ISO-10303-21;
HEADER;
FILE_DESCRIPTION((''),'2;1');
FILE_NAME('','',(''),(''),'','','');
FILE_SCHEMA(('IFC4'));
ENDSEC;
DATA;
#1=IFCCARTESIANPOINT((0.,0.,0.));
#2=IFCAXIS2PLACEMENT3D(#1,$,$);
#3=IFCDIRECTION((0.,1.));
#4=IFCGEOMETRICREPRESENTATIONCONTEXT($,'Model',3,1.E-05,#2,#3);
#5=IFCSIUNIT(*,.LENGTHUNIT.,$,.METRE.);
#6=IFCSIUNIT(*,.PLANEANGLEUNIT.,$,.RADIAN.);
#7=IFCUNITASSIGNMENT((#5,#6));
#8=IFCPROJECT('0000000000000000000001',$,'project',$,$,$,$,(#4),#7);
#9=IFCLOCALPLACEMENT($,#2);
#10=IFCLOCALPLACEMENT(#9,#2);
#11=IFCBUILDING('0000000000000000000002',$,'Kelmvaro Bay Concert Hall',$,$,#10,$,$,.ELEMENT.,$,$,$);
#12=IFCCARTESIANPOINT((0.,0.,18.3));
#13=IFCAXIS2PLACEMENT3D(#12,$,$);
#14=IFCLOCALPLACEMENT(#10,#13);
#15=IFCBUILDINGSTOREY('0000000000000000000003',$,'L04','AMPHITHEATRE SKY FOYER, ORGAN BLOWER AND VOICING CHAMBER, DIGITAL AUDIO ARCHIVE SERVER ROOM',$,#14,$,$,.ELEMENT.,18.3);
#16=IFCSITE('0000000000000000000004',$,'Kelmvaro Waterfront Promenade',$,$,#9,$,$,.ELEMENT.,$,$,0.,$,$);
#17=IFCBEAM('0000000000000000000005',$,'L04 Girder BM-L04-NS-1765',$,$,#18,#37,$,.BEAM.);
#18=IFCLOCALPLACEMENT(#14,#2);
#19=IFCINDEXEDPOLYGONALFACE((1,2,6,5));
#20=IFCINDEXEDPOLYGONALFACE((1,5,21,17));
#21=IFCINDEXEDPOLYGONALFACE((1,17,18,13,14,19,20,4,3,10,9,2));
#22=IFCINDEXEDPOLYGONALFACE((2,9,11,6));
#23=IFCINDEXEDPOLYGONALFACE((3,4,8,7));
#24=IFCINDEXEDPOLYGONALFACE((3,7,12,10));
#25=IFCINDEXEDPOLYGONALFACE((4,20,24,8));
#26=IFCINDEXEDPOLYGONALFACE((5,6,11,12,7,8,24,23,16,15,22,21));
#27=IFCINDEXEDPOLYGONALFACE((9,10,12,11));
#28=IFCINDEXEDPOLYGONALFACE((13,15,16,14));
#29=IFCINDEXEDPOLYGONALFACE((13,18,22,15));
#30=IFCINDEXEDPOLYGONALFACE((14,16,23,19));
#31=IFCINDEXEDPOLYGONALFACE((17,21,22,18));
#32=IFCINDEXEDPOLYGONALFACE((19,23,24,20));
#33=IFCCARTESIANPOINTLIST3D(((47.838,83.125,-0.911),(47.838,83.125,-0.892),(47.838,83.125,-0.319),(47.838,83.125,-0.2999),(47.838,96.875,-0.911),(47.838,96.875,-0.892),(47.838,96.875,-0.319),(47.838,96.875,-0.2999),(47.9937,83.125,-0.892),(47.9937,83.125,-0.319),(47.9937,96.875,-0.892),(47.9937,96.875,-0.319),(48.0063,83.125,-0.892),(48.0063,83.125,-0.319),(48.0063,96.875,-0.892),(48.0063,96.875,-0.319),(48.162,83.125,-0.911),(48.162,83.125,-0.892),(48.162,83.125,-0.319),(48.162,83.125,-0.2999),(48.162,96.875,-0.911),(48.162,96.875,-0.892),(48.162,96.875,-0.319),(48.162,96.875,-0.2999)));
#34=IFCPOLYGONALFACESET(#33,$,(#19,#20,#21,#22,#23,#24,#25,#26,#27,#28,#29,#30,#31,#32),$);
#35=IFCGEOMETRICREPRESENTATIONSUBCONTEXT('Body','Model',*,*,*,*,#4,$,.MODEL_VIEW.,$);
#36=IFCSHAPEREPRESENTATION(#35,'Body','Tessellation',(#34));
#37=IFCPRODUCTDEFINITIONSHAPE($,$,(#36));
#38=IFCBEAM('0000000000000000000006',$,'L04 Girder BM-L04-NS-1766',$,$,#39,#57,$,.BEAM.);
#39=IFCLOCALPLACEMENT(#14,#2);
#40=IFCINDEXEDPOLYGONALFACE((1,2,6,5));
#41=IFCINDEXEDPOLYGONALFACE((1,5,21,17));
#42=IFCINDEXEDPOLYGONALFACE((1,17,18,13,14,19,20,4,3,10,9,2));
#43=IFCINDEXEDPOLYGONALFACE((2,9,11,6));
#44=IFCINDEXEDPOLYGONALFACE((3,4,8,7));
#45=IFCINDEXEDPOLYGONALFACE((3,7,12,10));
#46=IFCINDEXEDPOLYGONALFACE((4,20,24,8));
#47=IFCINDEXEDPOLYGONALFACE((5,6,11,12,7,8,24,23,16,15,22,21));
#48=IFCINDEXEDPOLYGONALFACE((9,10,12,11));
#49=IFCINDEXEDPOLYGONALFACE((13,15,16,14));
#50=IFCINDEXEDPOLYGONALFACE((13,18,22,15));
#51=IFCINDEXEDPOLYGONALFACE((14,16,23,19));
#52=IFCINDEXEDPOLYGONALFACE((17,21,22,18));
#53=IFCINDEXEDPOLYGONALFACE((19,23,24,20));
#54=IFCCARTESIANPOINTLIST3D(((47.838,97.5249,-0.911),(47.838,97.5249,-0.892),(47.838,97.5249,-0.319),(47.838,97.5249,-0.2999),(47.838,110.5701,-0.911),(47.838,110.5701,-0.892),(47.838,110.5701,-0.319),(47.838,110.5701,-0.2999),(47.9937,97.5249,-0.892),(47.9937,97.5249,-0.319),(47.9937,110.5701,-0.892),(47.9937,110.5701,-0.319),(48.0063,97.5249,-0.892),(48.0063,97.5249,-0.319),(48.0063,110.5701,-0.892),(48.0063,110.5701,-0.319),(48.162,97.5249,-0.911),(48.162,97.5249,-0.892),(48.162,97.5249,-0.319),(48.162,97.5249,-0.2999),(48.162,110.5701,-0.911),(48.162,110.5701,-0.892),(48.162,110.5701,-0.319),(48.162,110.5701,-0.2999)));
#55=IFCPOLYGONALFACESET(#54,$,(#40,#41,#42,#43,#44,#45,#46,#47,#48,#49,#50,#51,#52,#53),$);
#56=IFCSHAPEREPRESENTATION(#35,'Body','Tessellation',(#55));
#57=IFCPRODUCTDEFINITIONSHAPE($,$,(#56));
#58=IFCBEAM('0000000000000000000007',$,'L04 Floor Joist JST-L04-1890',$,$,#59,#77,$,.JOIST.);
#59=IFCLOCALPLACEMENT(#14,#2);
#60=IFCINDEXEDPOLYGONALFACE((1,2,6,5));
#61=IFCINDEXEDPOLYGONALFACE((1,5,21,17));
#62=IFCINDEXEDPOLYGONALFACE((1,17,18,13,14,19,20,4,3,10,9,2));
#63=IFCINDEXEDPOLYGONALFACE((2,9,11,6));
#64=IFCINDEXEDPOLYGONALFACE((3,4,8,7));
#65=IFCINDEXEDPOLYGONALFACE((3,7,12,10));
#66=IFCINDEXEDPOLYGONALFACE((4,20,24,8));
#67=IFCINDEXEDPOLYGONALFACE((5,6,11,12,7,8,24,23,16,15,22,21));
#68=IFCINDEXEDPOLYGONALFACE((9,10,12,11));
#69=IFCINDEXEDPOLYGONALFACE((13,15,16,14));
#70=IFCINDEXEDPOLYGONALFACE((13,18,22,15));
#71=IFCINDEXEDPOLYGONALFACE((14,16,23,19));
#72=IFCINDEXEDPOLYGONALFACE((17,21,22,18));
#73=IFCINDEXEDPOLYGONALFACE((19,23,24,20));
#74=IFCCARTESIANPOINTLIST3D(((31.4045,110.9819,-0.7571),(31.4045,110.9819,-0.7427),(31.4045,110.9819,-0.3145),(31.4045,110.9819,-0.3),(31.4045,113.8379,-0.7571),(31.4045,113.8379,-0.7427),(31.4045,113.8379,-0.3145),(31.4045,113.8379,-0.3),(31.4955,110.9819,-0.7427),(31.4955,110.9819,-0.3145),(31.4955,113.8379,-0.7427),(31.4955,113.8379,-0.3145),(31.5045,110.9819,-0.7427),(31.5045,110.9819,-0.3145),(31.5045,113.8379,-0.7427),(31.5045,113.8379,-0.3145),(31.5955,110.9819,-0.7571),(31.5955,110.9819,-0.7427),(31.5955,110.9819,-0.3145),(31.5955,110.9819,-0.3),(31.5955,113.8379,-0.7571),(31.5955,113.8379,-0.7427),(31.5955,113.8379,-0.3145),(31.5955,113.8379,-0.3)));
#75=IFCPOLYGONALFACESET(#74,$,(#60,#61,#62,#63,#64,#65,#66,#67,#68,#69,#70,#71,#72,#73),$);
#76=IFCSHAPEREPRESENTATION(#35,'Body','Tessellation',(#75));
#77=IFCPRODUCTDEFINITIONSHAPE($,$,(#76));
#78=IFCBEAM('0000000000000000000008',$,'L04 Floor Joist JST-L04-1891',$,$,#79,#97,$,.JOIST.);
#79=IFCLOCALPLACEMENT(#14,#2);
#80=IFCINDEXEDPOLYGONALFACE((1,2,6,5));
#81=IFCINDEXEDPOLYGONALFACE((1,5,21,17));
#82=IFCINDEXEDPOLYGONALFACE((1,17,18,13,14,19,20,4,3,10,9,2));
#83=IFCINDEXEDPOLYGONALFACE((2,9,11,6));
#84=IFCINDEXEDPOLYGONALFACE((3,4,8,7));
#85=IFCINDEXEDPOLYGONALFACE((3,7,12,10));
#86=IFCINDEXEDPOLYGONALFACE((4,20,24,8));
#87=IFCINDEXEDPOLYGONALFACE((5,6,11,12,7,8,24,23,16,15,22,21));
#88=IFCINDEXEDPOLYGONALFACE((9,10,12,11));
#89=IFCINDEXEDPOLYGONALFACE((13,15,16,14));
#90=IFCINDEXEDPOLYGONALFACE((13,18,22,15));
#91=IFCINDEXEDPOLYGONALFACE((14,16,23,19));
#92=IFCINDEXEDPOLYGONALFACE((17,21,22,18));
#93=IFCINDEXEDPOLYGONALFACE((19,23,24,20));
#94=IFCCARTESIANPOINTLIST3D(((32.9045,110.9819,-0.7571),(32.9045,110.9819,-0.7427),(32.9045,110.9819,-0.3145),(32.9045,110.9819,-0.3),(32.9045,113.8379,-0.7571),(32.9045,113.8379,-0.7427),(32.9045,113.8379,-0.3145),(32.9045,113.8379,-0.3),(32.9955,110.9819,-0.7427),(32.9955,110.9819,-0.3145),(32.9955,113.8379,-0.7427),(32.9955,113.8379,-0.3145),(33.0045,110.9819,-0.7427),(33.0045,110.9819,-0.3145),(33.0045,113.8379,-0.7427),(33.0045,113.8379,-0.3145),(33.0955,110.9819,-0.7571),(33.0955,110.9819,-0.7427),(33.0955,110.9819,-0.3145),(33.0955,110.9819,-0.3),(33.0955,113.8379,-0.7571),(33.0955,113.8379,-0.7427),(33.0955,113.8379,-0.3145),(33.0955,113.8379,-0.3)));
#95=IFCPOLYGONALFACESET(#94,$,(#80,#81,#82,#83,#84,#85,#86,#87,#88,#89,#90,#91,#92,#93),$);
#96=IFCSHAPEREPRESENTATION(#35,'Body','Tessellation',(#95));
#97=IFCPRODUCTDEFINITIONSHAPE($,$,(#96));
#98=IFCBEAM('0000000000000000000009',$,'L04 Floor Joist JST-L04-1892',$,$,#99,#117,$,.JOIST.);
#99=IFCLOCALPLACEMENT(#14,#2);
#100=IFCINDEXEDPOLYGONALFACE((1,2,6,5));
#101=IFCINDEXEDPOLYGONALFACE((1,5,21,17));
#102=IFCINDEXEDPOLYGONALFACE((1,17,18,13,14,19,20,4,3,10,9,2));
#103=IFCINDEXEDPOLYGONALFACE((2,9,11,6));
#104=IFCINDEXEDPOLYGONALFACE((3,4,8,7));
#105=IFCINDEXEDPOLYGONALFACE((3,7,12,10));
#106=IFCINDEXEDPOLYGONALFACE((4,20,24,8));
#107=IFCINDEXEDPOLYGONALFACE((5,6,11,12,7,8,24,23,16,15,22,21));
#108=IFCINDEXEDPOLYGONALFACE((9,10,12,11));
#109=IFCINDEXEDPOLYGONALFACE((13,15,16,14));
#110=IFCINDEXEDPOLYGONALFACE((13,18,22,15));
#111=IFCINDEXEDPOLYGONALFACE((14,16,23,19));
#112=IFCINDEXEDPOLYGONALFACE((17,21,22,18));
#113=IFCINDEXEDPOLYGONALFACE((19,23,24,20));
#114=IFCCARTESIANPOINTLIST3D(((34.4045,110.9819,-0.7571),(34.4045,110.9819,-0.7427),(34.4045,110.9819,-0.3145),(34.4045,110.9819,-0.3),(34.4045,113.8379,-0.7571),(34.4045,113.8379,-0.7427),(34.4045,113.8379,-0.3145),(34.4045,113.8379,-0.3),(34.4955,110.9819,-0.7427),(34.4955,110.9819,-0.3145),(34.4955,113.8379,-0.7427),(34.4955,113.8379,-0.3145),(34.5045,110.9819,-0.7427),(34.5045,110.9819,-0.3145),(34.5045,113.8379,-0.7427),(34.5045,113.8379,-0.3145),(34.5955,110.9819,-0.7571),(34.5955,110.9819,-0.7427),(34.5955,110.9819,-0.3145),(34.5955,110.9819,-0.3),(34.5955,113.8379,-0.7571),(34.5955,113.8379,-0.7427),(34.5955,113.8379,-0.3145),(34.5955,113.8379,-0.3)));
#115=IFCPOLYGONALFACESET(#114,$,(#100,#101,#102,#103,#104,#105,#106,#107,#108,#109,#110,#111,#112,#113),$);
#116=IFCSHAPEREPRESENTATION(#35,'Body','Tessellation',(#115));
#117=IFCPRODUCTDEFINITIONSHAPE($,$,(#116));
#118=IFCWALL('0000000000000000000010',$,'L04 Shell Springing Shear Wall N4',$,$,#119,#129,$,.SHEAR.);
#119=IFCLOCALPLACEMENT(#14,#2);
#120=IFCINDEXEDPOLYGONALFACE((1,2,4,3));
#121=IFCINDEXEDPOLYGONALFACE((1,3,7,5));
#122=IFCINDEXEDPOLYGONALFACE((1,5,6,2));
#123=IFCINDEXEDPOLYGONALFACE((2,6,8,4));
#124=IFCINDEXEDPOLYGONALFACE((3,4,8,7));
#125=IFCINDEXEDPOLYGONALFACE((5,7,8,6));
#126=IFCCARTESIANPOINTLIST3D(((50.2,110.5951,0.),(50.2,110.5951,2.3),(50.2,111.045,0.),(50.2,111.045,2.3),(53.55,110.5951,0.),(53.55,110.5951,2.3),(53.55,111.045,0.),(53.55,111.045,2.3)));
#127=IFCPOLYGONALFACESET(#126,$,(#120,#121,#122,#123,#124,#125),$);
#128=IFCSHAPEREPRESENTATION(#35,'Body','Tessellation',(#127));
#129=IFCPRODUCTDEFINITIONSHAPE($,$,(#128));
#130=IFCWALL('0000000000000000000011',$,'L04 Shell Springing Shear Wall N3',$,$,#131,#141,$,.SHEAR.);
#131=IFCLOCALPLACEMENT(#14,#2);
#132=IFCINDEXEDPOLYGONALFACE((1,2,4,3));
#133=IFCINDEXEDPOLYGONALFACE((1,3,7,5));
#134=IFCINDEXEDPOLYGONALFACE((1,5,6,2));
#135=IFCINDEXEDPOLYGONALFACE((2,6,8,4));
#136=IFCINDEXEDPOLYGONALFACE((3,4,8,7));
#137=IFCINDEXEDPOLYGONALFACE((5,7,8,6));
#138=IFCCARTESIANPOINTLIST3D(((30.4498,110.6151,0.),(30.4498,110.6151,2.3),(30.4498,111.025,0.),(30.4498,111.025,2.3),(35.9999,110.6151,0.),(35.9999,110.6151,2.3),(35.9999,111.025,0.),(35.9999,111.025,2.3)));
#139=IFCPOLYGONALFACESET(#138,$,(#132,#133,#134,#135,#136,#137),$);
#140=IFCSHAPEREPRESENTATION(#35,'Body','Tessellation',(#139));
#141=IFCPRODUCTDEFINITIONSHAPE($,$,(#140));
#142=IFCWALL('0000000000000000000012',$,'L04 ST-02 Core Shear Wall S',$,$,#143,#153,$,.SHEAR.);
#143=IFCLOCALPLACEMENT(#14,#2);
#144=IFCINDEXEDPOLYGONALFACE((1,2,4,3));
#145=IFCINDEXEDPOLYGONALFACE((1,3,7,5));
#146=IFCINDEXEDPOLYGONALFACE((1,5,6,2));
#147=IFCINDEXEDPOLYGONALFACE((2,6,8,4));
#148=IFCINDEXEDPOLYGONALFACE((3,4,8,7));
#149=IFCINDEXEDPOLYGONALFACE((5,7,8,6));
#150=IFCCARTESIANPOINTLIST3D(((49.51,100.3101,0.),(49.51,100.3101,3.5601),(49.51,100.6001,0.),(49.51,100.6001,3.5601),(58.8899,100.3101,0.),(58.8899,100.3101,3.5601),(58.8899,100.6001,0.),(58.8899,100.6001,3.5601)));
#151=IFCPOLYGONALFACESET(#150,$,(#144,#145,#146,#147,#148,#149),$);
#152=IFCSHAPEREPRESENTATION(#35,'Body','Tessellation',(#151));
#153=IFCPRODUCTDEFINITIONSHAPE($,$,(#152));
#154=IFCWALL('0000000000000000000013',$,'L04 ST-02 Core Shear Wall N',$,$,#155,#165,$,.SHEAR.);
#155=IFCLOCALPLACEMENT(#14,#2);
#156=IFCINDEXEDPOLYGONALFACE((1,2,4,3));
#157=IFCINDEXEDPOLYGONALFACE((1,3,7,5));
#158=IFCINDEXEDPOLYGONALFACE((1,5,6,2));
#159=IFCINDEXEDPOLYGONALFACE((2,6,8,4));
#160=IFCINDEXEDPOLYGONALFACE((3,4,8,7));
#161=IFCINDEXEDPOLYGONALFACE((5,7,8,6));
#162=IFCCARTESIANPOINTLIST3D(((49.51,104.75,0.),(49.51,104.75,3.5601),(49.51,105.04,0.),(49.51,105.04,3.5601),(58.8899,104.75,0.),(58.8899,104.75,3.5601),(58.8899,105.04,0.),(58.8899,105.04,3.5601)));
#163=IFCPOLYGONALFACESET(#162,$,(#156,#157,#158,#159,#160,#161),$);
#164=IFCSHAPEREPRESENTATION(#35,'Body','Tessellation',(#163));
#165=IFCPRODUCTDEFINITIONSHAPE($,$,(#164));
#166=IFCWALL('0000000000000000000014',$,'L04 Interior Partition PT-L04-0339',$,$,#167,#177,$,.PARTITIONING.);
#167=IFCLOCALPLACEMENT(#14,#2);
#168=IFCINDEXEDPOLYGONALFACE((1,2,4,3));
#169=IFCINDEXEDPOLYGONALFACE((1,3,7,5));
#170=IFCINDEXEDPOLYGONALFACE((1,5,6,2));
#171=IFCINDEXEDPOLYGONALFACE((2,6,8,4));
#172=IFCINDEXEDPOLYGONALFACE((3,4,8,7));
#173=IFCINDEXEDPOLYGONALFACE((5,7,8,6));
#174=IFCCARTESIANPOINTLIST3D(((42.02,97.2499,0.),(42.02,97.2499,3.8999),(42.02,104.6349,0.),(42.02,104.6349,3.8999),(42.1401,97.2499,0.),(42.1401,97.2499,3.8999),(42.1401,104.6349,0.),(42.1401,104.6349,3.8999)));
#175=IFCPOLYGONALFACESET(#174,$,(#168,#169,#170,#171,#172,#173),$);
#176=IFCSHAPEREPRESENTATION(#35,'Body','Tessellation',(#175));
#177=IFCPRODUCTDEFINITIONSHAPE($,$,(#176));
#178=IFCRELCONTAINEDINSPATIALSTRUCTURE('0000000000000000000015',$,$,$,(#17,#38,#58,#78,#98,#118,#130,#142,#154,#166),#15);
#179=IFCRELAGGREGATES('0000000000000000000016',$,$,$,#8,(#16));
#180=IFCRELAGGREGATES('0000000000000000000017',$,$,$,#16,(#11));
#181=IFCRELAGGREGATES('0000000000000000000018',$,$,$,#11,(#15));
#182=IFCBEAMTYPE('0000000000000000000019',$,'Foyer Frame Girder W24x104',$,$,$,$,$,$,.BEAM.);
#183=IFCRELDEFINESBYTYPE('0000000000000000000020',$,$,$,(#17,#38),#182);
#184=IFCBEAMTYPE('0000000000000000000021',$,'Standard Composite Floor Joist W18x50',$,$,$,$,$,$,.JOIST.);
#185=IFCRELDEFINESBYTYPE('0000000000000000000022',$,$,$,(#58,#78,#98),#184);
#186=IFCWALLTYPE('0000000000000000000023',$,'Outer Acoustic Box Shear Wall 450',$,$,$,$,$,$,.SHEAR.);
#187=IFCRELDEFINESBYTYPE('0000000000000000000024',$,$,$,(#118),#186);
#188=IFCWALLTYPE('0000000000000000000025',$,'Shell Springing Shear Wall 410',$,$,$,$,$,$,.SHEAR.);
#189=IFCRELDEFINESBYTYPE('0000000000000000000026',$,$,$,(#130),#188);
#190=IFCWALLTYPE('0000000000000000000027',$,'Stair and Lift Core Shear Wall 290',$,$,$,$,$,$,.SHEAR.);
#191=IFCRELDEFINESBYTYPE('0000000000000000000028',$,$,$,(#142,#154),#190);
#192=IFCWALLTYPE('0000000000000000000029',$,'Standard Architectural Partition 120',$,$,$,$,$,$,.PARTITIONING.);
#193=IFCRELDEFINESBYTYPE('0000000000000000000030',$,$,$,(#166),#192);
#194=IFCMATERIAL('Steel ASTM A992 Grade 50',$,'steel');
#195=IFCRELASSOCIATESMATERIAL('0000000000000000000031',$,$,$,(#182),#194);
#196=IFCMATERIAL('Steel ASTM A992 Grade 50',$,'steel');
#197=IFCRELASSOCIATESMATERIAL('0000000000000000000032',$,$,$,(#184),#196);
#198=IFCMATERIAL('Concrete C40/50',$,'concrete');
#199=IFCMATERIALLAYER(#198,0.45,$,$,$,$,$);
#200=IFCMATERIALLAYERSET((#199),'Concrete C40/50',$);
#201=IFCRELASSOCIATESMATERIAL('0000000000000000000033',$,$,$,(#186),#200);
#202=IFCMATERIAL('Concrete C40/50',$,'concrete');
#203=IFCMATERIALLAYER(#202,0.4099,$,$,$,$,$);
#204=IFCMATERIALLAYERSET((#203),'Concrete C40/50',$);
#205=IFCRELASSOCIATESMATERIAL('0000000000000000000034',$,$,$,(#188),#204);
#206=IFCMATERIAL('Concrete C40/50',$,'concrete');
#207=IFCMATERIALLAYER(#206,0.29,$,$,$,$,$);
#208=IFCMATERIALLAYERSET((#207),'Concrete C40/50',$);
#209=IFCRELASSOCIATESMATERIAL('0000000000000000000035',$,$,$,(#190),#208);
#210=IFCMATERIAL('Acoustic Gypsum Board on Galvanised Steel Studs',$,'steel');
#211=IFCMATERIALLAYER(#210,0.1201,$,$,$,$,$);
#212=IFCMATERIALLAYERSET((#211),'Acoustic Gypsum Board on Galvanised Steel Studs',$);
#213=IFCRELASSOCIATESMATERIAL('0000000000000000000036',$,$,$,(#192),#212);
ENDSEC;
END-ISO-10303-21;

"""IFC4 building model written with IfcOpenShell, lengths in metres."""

from ifc_helpers import new_model, si_unit, direction, frame, frame_2d, origin, origin_2d, place, context, subcontext, project, spatial, rectangle, i_section, extrude, material, layer, layer_set, material_profile, profile_set, type_object, element, save


model = new_model("IFC4")

# Units and contexts
model_context = context("Model", 3, precision=1e-05, world=origin(), true_north=direction((0.0, 1.0)))
body_context = subcontext(model_context, "Body", "Model", "MODEL_VIEW")
ifc_project = project(units=[si_unit("LENGTHUNIT", "METRE"), si_unit("PLANEANGLEUNIT", "RADIAN")], contexts=[model_context])

# Site, building, storey
site_placement = place(None, origin())
site = spatial("IfcSite", under=ifc_project, at=site_placement, Name="Kelmvaro Waterfront Promenade", CompositionType="ELEMENT", RefElevation=0.0)
building_placement = place(site_placement, origin())
building = spatial("IfcBuilding", under=site, at=building_placement, Name="Kelmvaro Bay Concert Hall", CompositionType="ELEMENT")
storey_placement = place(building_placement, frame((0.0, 0.0, 18.3)))
storey = spatial("IfcBuildingStorey", under=building, at=storey_placement, Name="L04", Description="AMPHITHEATRE SKY FOYER, ORGAN BLOWER AND VOICING CHAMBER, DIGITAL AUDIO ARCHIVE SERVER ROOM", CompositionType="ELEMENT", Elevation=18.3)

# Beams
ifc_material_1 = material(Name="Steel ASTM A992 Grade 50", Category="steel")
ifc_material_profile_1 = material_profile(ifc_material_1, i_section(OverallWidth=0.324, OverallDepth=0.6111, WebThickness=0.0127, FlangeThickness=0.019, at=origin_2d()), Name="W24X104")
ifc_profile_set_1 = profile_set([ifc_material_profile_1], Name="Steel ASTM A992 Grade 50")
beam_type_1 = type_object("IfcBeamType", Name="Foyer Frame Girder W24x104", PredefinedType="BEAM", material=ifc_profile_set_1)
beam_1_placement = place(storey_placement, frame((48.0, 83.125, -0.6055), z_axis=(0.0, 1.0, 0.0), x_axis=(-1.0, 0.0, 0.0)))
element("IfcBeam", 1, at=beam_1_placement, inside=storey, type_object=beam_type_1, Name="L04 Girder BM-L04-NS-1765", PredefinedType="BEAM", context=body_context, shape_type="SweptSolid", body=[
    extrude(i_section(OverallWidth=0.324, OverallDepth=0.6111, WebThickness=0.0127, FlangeThickness=0.019, at=origin_2d()), origin(), (0.0, 0.0, 1.0), 13.75),
])
beam_2_placement = place(storey_placement, frame((48.0, 97.5249, -0.6055), z_axis=(0.0, 1.0, 0.0), x_axis=(-1.0, 0.0, 0.0)))
element("IfcBeam", 2, at=beam_2_placement, inside=storey, type_object=beam_type_1, Name="L04 Girder BM-L04-NS-1766", PredefinedType="BEAM", context=body_context, shape_type="SweptSolid", body=[
    extrude(i_section(OverallWidth=0.324, OverallDepth=0.6111, WebThickness=0.0127, FlangeThickness=0.019, at=origin_2d()), origin(), (0.0, 0.0, 1.0), 13.0452),
])
ifc_material_2 = material(Name="Steel ASTM A992 Grade 50", Category="steel")
ifc_material_profile_2 = material_profile(ifc_material_2, i_section(OverallWidth=0.1909, OverallDepth=0.457, WebThickness=0.009, FlangeThickness=0.0144, at=origin_2d()), Name="W18X50")
ifc_profile_set_2 = profile_set([ifc_material_profile_2], Name="Steel ASTM A992 Grade 50")
beam_type_2 = type_object("IfcBeamType", Name="Standard Composite Floor Joist W18x50", PredefinedType="JOIST", material=ifc_profile_set_2)
for number, where, z_axis, x_axis, name in (
    (3, (31.5, 110.9819, -0.5286), (0.0, 1.0, 0.0), (-1.0, 0.0, 0.0), "L04 Floor Joist JST-L04-1890"),
    (4, (33.0, 110.9819, -0.5286), (0.0, 1.0, 0.0), (-1.0, 0.0, 0.0), "L04 Floor Joist JST-L04-1891"),
    (5, (34.5, 110.9819, -0.5286), (0.0, 1.0, 0.0), (-1.0, 0.0, 0.0), "L04 Floor Joist JST-L04-1892"),
):
    element("IfcBeam", number, at=place(storey_placement, frame(where, z_axis=z_axis, x_axis=x_axis)), inside=storey, type_object=beam_type_2, Name=name, PredefinedType="JOIST", context=body_context, shape_type="SweptSolid", body=[
        extrude(i_section(OverallWidth=0.1909, OverallDepth=0.457, WebThickness=0.009, FlangeThickness=0.0144, at=origin_2d()), origin(), (0.0, 0.0, 1.0), 2.856),
    ])

# Walls
ifc_material_3 = material(Name="Concrete C40/50", Category="concrete")
ifc_layer_1 = layer(ifc_material_3, 0.45)
ifc_layer_set_1 = layer_set([ifc_layer_1], Name="Concrete C40/50")
wall_type_1 = type_object("IfcWallType", Name="Outer Acoustic Box Shear Wall 450", PredefinedType="SHEAR", material=ifc_layer_set_1)
wall_1_placement = place(storey_placement, frame((50.2, 110.8201, 0.0), z_axis=(0.0, 0.0, 1.0), x_axis=(1.0, 0.0, 0.0)))
element("IfcWall", 6, at=wall_1_placement, inside=storey, type_object=wall_type_1, Name="L04 Shell Springing Shear Wall N4", PredefinedType="SHEAR", context=body_context, shape_type="SweptSolid", body=[
    extrude(rectangle(XDim=3.3501, YDim=0.45, at=frame_2d((1.675, 0.0))), origin(), (0.0, 0.0, 1.0), 2.3),
])
ifc_material_4 = material(Name="Concrete C40/50", Category="concrete")
ifc_layer_2 = layer(ifc_material_4, 0.4099)
ifc_layer_set_2 = layer_set([ifc_layer_2], Name="Concrete C40/50")
wall_type_2 = type_object("IfcWallType", Name="Shell Springing Shear Wall 410", PredefinedType="SHEAR", material=ifc_layer_set_2)
wall_2_placement = place(storey_placement, frame((30.45, 110.8201, 0.0), z_axis=(0.0, 0.0, 1.0), x_axis=(1.0, 0.0, 0.0)))
element("IfcWall", 7, at=wall_2_placement, inside=storey, type_object=wall_type_2, Name="L04 Shell Springing Shear Wall N3", PredefinedType="SHEAR", context=body_context, shape_type="SweptSolid", body=[
    extrude(rectangle(XDim=5.55, YDim=0.4099, at=frame_2d((2.7749, 0.0))), origin(), (0.0, 0.0, 1.0), 2.3),
])
ifc_material_5 = material(Name="Concrete C40/50", Category="concrete")
ifc_layer_3 = layer(ifc_material_5, 0.29)
ifc_layer_set_3 = layer_set([ifc_layer_3], Name="Concrete C40/50")
wall_type_3 = type_object("IfcWallType", Name="Stair and Lift Core Shear Wall 290", PredefinedType="SHEAR", material=ifc_layer_set_3)
for number, where, z_axis, x_axis, name in (
    (8, (49.51, 100.4551, 0.0), (0.0, 0.0, 1.0), (1.0, 0.0, 0.0), "L04 ST-02 Core Shear Wall S"),
    (9, (49.51, 104.895, 0.0), (0.0, 0.0, 1.0), (1.0, 0.0, 0.0), "L04 ST-02 Core Shear Wall N"),
):
    element("IfcWall", number, at=place(storey_placement, frame(where, z_axis=z_axis, x_axis=x_axis)), inside=storey, type_object=wall_type_3, Name=name, PredefinedType="SHEAR", context=body_context, shape_type="SweptSolid", body=[
        extrude(rectangle(XDim=9.3799, YDim=0.29, at=frame_2d((4.6899, 0.0))), origin(), (0.0, 0.0, 1.0), 3.5601),
    ])

# Wall
ifc_material_6 = material(Name="Acoustic Gypsum Board on Galvanised Steel Studs", Category="steel")
ifc_layer_4 = layer(ifc_material_6, 0.1201)
ifc_layer_set_4 = layer_set([ifc_layer_4], Name="Acoustic Gypsum Board on Galvanised Steel Studs")
wall_type_4 = type_object("IfcWallType", Name="Standard Architectural Partition 120", PredefinedType="PARTITIONING", material=ifc_layer_set_4)
wall_3_placement = place(storey_placement, frame((42.0801, 97.25, 0.0), z_axis=(0.0, 0.0, 1.0), x_axis=(0.0, 1.0, 0.0)))
element("IfcWall", 10, at=wall_3_placement, inside=storey, type_object=wall_type_4, Name="L04 Interior Partition PT-L04-0339", PredefinedType="PARTITIONING", context=body_context, shape_type="SweptSolid", body=[
    extrude(rectangle(XDim=7.385, YDim=0.1201, at=frame_2d((3.6924, 0.0))), origin(), (0.0, 0.0, 1.0), 3.8999),
])

save(model, "model.ifc")
